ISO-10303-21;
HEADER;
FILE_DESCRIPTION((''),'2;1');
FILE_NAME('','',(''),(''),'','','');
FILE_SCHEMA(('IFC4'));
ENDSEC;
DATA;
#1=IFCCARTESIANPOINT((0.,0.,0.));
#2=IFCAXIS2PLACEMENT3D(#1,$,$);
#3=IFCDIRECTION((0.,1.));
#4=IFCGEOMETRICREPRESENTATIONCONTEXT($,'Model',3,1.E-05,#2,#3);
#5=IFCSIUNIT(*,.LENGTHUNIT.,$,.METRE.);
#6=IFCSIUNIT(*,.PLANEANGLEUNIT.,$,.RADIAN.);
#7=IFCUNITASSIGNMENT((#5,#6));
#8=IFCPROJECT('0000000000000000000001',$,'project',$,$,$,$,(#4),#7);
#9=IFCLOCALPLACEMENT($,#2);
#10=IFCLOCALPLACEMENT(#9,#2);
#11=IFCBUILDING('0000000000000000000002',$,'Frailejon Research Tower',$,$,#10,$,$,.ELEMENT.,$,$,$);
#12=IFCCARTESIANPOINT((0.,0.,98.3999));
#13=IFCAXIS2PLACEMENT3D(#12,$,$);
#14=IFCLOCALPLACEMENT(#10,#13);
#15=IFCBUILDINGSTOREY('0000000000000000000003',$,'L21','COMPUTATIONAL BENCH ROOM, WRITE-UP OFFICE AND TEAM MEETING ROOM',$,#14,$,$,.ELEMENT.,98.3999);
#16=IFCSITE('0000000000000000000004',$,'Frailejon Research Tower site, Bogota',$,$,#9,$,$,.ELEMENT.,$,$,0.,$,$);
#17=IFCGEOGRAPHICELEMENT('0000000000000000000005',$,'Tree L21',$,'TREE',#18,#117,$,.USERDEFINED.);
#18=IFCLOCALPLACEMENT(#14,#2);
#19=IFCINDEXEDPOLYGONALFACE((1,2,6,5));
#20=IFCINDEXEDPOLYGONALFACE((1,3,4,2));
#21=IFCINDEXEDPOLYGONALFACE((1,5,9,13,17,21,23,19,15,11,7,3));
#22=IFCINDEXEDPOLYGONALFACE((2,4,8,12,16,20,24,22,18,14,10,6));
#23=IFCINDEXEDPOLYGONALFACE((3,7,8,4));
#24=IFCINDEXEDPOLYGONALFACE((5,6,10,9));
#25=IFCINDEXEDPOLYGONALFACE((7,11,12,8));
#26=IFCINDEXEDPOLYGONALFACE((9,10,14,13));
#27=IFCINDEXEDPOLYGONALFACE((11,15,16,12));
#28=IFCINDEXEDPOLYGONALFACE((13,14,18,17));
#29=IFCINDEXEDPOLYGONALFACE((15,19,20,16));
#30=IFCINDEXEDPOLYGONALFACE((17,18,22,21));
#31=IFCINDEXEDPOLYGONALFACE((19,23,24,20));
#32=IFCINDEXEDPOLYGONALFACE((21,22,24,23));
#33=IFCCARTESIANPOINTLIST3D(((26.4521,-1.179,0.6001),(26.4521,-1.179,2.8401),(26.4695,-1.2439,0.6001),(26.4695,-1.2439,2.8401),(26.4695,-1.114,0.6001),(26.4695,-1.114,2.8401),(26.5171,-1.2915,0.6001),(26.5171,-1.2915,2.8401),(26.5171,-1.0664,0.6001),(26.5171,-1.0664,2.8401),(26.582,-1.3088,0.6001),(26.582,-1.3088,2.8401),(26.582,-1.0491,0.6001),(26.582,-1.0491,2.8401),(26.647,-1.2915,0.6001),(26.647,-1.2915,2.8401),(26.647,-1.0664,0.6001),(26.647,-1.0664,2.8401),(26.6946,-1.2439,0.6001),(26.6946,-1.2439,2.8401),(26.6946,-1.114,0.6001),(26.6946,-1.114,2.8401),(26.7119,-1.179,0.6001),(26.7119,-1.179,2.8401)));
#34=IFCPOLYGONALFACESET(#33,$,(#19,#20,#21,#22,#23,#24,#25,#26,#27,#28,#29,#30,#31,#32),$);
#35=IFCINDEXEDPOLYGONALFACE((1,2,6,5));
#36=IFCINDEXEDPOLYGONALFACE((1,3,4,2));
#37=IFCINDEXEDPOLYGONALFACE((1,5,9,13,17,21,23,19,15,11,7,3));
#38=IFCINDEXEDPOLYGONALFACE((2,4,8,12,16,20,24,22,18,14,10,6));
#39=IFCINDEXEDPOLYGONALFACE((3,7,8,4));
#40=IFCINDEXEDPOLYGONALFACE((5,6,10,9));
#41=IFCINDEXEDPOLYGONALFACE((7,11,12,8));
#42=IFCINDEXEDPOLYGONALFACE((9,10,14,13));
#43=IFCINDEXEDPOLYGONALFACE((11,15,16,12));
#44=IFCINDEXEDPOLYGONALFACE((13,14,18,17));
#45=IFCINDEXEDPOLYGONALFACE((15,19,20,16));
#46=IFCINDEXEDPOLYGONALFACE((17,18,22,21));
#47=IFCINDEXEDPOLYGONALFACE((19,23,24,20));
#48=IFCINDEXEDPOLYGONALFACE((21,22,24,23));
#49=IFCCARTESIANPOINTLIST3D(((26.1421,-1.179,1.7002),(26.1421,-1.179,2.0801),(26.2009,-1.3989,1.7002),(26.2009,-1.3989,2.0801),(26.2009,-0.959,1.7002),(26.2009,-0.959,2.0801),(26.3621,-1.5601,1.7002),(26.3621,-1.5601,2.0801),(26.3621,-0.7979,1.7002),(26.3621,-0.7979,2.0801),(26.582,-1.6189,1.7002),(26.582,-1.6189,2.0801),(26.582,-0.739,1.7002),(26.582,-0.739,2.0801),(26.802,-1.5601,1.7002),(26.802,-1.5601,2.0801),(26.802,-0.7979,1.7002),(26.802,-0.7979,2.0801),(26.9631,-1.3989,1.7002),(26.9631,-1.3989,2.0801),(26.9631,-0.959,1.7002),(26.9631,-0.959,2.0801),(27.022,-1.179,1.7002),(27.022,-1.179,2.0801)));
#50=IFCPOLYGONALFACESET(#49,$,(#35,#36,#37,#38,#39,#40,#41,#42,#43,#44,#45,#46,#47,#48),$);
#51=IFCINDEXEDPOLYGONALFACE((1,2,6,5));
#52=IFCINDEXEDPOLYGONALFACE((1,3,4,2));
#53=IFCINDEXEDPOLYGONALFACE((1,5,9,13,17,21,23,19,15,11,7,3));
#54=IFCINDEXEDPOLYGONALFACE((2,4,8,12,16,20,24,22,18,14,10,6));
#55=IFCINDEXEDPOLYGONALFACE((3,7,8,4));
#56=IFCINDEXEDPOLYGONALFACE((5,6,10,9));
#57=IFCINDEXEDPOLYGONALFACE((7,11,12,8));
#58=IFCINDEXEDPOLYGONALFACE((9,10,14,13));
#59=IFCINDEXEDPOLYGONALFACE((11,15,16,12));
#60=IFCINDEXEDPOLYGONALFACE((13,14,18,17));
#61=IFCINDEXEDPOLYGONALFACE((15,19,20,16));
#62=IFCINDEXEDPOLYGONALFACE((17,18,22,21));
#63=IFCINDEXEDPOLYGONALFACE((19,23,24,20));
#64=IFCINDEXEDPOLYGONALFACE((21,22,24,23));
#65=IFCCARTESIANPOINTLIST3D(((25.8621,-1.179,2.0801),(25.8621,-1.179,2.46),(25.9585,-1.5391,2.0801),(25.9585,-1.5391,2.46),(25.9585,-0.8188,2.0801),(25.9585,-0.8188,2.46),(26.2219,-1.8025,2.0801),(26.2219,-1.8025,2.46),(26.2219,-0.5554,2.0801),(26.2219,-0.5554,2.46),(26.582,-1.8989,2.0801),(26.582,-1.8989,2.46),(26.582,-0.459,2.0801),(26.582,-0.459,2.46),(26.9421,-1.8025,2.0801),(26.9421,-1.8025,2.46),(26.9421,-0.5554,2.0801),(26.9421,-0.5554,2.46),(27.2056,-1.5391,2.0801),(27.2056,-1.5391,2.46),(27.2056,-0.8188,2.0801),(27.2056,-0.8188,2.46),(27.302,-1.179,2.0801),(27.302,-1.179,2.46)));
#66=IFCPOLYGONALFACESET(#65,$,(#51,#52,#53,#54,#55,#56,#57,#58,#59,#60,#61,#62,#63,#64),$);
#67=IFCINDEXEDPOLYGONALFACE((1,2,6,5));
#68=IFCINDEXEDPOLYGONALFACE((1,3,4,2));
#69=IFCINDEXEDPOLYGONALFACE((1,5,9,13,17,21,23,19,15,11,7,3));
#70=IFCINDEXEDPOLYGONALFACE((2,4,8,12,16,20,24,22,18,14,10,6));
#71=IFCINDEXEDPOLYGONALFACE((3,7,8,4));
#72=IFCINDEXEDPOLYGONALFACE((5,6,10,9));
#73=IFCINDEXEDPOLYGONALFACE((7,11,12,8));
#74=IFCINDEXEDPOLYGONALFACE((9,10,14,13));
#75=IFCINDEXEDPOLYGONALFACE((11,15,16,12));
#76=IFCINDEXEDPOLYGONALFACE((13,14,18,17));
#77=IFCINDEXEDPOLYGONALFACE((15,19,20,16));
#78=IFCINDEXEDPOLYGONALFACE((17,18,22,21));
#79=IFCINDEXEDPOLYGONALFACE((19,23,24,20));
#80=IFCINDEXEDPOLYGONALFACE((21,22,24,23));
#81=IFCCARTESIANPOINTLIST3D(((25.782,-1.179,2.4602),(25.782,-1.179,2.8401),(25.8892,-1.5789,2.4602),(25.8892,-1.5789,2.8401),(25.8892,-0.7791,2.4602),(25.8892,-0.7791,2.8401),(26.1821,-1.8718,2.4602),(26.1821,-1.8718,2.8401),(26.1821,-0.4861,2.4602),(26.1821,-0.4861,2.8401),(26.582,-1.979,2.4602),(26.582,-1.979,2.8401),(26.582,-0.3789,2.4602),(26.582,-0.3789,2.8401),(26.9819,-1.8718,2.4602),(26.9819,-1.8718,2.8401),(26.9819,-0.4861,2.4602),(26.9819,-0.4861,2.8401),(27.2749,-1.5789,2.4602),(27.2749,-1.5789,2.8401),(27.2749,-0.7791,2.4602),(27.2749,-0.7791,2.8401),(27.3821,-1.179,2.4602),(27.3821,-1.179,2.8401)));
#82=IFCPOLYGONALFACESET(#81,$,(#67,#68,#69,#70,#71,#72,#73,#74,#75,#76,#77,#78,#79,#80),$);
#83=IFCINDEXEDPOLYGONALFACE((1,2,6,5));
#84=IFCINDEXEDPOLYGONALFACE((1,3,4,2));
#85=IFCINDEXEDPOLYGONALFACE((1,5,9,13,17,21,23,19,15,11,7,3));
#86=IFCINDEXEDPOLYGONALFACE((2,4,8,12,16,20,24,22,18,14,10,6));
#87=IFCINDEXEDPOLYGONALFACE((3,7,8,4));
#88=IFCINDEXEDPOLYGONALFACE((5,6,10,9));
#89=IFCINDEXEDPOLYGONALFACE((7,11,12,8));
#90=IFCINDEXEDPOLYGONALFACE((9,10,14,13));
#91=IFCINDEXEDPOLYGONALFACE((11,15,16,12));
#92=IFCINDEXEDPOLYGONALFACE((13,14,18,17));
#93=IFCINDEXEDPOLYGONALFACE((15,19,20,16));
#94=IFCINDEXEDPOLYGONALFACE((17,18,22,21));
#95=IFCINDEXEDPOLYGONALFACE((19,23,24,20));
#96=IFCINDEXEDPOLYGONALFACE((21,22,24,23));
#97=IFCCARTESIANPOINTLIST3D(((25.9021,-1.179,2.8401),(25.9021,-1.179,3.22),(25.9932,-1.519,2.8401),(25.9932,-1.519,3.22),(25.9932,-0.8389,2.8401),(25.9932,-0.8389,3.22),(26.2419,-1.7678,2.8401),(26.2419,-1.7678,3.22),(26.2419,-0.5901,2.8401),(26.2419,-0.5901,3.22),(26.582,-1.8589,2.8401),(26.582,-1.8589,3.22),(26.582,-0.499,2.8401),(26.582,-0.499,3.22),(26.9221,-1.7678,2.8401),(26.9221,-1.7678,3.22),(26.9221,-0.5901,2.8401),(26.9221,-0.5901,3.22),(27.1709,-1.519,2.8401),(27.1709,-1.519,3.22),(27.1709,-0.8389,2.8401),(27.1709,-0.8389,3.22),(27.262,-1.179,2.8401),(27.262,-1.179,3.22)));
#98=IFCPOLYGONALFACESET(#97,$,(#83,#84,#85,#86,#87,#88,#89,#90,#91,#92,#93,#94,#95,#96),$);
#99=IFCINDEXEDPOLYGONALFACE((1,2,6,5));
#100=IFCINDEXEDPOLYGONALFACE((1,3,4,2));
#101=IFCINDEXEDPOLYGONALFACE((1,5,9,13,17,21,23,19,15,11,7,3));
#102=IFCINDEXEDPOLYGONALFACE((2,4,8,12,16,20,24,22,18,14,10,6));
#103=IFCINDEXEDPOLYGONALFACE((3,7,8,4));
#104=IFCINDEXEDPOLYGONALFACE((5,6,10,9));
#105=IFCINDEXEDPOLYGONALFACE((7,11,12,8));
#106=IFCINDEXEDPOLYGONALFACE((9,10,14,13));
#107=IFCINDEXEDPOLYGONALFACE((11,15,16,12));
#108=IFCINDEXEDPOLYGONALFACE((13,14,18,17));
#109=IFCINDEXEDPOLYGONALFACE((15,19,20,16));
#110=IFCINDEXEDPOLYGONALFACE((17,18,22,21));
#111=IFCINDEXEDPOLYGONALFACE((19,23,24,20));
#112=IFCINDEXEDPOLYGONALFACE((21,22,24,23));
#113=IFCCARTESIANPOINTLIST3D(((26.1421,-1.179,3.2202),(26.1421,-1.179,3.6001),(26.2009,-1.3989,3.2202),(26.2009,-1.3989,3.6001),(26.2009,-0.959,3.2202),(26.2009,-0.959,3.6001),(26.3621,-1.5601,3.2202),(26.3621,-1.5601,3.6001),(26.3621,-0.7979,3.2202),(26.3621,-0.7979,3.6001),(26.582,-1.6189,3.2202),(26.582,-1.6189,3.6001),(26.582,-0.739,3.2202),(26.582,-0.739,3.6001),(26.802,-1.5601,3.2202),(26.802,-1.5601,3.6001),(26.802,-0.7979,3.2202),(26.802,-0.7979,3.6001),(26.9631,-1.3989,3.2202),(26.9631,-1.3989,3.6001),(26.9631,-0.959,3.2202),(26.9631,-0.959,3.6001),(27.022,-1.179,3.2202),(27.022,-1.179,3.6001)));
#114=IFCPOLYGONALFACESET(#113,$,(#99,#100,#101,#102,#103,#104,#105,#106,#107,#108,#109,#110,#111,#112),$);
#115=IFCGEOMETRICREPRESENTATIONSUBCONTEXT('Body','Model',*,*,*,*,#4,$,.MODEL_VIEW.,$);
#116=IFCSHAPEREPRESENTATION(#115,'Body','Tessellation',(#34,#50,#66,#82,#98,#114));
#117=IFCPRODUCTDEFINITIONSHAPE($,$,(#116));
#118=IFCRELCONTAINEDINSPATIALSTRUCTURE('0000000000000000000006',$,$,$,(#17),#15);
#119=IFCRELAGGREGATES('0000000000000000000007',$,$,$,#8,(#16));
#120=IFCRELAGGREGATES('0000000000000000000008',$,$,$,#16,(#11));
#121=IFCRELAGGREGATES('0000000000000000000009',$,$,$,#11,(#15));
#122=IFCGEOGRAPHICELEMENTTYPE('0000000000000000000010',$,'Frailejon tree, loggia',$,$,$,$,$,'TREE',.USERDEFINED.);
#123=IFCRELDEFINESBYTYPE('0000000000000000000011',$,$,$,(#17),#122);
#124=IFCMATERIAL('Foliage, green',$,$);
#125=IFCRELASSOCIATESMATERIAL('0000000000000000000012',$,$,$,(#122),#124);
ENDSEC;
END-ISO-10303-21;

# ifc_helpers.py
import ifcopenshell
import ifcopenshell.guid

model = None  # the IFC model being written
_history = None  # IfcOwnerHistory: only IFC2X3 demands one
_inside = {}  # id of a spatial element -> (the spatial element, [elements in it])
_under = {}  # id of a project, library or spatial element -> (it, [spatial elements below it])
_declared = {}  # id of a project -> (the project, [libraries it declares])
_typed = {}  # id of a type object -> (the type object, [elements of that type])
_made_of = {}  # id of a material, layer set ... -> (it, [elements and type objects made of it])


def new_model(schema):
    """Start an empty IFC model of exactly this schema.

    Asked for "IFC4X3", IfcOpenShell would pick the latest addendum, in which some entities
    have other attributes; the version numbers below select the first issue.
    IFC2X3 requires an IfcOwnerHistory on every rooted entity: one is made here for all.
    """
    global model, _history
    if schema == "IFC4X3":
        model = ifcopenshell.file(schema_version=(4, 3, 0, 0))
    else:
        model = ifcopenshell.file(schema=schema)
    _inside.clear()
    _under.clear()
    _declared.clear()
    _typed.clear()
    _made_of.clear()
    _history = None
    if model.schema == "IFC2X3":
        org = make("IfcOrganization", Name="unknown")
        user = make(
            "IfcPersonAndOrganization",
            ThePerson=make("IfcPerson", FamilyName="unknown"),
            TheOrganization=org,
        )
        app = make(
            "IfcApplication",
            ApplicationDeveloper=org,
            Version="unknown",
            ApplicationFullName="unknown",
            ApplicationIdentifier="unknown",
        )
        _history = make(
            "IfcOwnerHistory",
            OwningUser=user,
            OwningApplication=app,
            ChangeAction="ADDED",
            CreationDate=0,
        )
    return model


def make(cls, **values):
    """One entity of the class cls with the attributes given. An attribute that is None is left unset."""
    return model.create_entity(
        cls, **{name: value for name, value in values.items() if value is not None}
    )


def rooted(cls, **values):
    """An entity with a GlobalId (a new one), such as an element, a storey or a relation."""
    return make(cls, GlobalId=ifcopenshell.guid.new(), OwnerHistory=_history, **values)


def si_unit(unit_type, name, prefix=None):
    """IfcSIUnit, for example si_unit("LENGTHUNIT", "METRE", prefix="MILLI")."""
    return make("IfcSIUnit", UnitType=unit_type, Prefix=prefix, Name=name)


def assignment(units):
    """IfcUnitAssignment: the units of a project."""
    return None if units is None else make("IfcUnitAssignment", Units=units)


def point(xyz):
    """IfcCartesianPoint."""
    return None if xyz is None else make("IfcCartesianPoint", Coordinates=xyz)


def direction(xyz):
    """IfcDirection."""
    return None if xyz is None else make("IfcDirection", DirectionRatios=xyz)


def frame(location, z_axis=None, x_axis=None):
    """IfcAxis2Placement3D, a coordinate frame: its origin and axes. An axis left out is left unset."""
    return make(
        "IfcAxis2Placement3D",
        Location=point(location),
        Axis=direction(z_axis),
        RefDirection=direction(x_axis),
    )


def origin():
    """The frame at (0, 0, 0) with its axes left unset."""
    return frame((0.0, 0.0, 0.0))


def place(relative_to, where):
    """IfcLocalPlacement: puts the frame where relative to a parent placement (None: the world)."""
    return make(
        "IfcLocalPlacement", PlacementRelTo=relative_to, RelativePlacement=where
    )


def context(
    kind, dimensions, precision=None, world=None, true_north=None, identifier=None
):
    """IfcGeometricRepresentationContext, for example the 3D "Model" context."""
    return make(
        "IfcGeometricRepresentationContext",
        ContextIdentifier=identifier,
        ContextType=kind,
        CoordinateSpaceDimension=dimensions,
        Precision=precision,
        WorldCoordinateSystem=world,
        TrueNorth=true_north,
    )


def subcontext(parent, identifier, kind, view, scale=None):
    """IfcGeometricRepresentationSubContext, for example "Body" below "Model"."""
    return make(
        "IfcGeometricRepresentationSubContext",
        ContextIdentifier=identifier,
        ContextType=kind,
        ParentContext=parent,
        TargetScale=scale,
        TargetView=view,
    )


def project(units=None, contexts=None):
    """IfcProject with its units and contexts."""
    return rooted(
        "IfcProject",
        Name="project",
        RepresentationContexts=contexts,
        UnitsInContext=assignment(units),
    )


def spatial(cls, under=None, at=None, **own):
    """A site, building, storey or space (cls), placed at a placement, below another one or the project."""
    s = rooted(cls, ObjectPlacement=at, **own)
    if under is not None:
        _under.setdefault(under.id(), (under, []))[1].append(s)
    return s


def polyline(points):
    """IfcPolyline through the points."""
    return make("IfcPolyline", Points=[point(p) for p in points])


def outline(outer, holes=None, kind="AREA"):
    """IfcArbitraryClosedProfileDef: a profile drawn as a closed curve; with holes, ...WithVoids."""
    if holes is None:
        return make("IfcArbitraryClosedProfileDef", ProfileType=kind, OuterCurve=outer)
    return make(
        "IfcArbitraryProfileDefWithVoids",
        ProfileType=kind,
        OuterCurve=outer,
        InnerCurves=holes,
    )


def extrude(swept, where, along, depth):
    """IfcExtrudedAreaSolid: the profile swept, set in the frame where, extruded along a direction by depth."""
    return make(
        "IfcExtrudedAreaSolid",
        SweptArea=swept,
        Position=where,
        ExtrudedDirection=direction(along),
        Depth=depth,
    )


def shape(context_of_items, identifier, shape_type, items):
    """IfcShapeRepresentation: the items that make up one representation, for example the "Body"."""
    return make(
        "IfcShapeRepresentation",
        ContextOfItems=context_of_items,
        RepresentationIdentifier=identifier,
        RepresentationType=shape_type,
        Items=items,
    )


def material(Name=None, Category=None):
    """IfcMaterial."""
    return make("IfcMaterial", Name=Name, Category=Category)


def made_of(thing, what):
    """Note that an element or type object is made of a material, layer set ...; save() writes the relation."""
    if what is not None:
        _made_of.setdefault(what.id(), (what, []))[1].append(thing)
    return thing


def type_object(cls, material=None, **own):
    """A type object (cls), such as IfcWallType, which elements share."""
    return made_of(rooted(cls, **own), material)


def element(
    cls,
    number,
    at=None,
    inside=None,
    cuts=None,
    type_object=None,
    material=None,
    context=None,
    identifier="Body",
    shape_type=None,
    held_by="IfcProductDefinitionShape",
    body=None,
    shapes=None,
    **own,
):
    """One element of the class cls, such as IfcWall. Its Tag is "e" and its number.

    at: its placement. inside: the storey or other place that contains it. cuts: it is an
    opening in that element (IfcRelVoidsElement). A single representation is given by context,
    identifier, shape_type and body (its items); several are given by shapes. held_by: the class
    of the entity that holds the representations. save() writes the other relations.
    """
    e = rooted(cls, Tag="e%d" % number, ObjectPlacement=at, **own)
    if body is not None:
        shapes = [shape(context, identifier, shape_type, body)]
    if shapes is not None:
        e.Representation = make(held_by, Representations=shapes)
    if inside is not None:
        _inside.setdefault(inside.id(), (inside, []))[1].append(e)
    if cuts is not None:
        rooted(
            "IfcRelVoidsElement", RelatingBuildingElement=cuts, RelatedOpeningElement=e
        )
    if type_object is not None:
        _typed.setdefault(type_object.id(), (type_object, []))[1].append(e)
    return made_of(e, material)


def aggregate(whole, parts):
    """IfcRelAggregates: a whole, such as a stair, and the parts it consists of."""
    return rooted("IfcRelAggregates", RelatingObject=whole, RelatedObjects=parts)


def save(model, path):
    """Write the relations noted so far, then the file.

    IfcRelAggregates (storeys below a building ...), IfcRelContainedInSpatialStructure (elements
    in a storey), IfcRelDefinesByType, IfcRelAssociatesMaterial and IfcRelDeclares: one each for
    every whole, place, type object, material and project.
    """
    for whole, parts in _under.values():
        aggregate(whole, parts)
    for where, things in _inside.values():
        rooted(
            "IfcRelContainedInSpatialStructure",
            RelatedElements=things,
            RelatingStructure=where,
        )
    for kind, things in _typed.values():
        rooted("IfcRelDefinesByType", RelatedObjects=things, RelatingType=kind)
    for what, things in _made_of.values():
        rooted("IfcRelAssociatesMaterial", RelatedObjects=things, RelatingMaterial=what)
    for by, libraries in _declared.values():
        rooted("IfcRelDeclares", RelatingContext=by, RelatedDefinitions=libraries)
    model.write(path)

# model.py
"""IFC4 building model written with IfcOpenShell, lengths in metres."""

from ifc_helpers import new_model, si_unit, direction, frame, origin, place, context, subcontext, project, spatial, polyline, outline, extrude, material, type_object, element, save


model = new_model("IFC4")

# Units and contexts
model_context = context("Model", 3, precision=1e-05, world=origin(), true_north=direction((0.0, 1.0)))
body_context = subcontext(model_context, "Body", "Model", "MODEL_VIEW")
ifc_project = project(units=[si_unit("LENGTHUNIT", "METRE"), si_unit("PLANEANGLEUNIT", "RADIAN")], contexts=[model_context])

# Site, building, storey
site_placement = place(None, origin())
site = spatial("IfcSite", under=ifc_project, at=site_placement, Name="Frailejon Research Tower site, Bogota", CompositionType="ELEMENT", RefElevation=0.0)
building_placement = place(site_placement, origin())
building = spatial("IfcBuilding", under=site, at=building_placement, Name="Frailejon Research Tower", CompositionType="ELEMENT")
storey_placement = place(building_placement, frame((0.0, 0.0, 98.3999)))
storey = spatial("IfcBuildingStorey", under=building, at=storey_placement, Name="L21", Description="COMPUTATIONAL BENCH ROOM, WRITE-UP OFFICE AND TEAM MEETING ROOM", CompositionType="ELEMENT", Elevation=98.3999)

# Geographic element
ifc_material_1 = material(Name="Foliage, green")
geographic_element_type = type_object("IfcGeographicElementType", Name="Frailejon tree, loggia", ElementType="TREE", PredefinedType="USERDEFINED", material=ifc_material_1)
geographic_element_placement = place(storey_placement, frame((26.582, -1.179, 0.6001)))
element("IfcGeographicElement", 1, at=geographic_element_placement, inside=storey, type_object=geographic_element_type, Name="Tree L21", ObjectType="TREE", PredefinedType="USERDEFINED", context=body_context, shape_type="SweptSolid", body=[
    extrude(outline(polyline([(0.1299, 0.0), (0.1125, 0.0649), (0.0649, 0.1125), (0.0, 0.1299), (-0.0649, 0.1125), (-0.1125, 0.0649), (-0.1299, 0.0), (-0.1125, -0.0649), (-0.0649, -0.1125), (0.0, -0.1299), (0.0649, -0.1125), (0.1125, -0.0649), (0.1299, 0.0)])), origin(), (0.0, 0.0, 1.0), 2.24),
    extrude(outline(polyline([(0.4399, 0.0), (0.3811, 0.22), (0.22, 0.3811), (0.0, 0.4399), (-0.22, 0.3811), (-0.3811, 0.22), (-0.4399, 0.0), (-0.3811, -0.22), (-0.22, -0.3811), (0.0, -0.4399), (0.22, -0.3811), (0.3811, -0.22), (0.4399, 0.0)])), frame((0.0, 0.0, 1.1001)), (0.0, 0.0, 1.0), 0.3799),
    extrude(outline(polyline([(0.72, 0.0), (0.6235, 0.3601), (0.3601, 0.6235), (0.0, 0.72), (-0.3601, 0.6235), (-0.6235, 0.3601), (-0.72, 0.0), (-0.6235, -0.3601), (-0.3601, -0.6235), (0.0, -0.72), (0.3601, -0.6235), (0.6235, -0.3601), (0.72, 0.0)])), frame((0.0, 0.0, 1.48)), (0.0, 0.0, 1.0), 0.3799),
    extrude(outline(polyline([(0.8, 0.0), (0.6929, 0.3999), (0.3999, 0.6929), (0.0, 0.8), (-0.3999, 0.6929), (-0.6929, 0.3999), (-0.8, 0.0), (-0.6929, -0.3999), (-0.3999, -0.6929), (0.0, -0.8), (0.3999, -0.6929), (0.6929, -0.3999), (0.8, 0.0)])), frame((0.0, 0.0, 1.8601)), (0.0, 0.0, 1.0), 0.3799),
    extrude(outline(polyline([(0.6799, 0.0), (0.5889, 0.3401), (0.3401, 0.5889), (0.0, 0.6799), (-0.3401, 0.5889), (-0.5889, 0.3401), (-0.6799, 0.0), (-0.5889, -0.3401), (-0.3401, -0.5889), (0.0, -0.6799), (0.3401, -0.5889), (0.5889, -0.3401), (0.6799, 0.0)])), frame((0.0, 0.0, 2.24)), (0.0, 0.0, 1.0), 0.3799),
    extrude(outline(polyline([(0.4399, 0.0), (0.3811, 0.22), (0.22, 0.3811), (0.0, 0.4399), (-0.22, 0.3811), (-0.3811, 0.22), (-0.4399, 0.0), (-0.3811, -0.22), (-0.22, -0.3811), (0.0, -0.4399), (0.22, -0.3811), (0.3811, -0.22), (0.4399, 0.0)])), frame((0.0, 0.0, 2.6201)), (0.0, 0.0, 1.0), 0.3799),
])

save(model, "model.ifc")
